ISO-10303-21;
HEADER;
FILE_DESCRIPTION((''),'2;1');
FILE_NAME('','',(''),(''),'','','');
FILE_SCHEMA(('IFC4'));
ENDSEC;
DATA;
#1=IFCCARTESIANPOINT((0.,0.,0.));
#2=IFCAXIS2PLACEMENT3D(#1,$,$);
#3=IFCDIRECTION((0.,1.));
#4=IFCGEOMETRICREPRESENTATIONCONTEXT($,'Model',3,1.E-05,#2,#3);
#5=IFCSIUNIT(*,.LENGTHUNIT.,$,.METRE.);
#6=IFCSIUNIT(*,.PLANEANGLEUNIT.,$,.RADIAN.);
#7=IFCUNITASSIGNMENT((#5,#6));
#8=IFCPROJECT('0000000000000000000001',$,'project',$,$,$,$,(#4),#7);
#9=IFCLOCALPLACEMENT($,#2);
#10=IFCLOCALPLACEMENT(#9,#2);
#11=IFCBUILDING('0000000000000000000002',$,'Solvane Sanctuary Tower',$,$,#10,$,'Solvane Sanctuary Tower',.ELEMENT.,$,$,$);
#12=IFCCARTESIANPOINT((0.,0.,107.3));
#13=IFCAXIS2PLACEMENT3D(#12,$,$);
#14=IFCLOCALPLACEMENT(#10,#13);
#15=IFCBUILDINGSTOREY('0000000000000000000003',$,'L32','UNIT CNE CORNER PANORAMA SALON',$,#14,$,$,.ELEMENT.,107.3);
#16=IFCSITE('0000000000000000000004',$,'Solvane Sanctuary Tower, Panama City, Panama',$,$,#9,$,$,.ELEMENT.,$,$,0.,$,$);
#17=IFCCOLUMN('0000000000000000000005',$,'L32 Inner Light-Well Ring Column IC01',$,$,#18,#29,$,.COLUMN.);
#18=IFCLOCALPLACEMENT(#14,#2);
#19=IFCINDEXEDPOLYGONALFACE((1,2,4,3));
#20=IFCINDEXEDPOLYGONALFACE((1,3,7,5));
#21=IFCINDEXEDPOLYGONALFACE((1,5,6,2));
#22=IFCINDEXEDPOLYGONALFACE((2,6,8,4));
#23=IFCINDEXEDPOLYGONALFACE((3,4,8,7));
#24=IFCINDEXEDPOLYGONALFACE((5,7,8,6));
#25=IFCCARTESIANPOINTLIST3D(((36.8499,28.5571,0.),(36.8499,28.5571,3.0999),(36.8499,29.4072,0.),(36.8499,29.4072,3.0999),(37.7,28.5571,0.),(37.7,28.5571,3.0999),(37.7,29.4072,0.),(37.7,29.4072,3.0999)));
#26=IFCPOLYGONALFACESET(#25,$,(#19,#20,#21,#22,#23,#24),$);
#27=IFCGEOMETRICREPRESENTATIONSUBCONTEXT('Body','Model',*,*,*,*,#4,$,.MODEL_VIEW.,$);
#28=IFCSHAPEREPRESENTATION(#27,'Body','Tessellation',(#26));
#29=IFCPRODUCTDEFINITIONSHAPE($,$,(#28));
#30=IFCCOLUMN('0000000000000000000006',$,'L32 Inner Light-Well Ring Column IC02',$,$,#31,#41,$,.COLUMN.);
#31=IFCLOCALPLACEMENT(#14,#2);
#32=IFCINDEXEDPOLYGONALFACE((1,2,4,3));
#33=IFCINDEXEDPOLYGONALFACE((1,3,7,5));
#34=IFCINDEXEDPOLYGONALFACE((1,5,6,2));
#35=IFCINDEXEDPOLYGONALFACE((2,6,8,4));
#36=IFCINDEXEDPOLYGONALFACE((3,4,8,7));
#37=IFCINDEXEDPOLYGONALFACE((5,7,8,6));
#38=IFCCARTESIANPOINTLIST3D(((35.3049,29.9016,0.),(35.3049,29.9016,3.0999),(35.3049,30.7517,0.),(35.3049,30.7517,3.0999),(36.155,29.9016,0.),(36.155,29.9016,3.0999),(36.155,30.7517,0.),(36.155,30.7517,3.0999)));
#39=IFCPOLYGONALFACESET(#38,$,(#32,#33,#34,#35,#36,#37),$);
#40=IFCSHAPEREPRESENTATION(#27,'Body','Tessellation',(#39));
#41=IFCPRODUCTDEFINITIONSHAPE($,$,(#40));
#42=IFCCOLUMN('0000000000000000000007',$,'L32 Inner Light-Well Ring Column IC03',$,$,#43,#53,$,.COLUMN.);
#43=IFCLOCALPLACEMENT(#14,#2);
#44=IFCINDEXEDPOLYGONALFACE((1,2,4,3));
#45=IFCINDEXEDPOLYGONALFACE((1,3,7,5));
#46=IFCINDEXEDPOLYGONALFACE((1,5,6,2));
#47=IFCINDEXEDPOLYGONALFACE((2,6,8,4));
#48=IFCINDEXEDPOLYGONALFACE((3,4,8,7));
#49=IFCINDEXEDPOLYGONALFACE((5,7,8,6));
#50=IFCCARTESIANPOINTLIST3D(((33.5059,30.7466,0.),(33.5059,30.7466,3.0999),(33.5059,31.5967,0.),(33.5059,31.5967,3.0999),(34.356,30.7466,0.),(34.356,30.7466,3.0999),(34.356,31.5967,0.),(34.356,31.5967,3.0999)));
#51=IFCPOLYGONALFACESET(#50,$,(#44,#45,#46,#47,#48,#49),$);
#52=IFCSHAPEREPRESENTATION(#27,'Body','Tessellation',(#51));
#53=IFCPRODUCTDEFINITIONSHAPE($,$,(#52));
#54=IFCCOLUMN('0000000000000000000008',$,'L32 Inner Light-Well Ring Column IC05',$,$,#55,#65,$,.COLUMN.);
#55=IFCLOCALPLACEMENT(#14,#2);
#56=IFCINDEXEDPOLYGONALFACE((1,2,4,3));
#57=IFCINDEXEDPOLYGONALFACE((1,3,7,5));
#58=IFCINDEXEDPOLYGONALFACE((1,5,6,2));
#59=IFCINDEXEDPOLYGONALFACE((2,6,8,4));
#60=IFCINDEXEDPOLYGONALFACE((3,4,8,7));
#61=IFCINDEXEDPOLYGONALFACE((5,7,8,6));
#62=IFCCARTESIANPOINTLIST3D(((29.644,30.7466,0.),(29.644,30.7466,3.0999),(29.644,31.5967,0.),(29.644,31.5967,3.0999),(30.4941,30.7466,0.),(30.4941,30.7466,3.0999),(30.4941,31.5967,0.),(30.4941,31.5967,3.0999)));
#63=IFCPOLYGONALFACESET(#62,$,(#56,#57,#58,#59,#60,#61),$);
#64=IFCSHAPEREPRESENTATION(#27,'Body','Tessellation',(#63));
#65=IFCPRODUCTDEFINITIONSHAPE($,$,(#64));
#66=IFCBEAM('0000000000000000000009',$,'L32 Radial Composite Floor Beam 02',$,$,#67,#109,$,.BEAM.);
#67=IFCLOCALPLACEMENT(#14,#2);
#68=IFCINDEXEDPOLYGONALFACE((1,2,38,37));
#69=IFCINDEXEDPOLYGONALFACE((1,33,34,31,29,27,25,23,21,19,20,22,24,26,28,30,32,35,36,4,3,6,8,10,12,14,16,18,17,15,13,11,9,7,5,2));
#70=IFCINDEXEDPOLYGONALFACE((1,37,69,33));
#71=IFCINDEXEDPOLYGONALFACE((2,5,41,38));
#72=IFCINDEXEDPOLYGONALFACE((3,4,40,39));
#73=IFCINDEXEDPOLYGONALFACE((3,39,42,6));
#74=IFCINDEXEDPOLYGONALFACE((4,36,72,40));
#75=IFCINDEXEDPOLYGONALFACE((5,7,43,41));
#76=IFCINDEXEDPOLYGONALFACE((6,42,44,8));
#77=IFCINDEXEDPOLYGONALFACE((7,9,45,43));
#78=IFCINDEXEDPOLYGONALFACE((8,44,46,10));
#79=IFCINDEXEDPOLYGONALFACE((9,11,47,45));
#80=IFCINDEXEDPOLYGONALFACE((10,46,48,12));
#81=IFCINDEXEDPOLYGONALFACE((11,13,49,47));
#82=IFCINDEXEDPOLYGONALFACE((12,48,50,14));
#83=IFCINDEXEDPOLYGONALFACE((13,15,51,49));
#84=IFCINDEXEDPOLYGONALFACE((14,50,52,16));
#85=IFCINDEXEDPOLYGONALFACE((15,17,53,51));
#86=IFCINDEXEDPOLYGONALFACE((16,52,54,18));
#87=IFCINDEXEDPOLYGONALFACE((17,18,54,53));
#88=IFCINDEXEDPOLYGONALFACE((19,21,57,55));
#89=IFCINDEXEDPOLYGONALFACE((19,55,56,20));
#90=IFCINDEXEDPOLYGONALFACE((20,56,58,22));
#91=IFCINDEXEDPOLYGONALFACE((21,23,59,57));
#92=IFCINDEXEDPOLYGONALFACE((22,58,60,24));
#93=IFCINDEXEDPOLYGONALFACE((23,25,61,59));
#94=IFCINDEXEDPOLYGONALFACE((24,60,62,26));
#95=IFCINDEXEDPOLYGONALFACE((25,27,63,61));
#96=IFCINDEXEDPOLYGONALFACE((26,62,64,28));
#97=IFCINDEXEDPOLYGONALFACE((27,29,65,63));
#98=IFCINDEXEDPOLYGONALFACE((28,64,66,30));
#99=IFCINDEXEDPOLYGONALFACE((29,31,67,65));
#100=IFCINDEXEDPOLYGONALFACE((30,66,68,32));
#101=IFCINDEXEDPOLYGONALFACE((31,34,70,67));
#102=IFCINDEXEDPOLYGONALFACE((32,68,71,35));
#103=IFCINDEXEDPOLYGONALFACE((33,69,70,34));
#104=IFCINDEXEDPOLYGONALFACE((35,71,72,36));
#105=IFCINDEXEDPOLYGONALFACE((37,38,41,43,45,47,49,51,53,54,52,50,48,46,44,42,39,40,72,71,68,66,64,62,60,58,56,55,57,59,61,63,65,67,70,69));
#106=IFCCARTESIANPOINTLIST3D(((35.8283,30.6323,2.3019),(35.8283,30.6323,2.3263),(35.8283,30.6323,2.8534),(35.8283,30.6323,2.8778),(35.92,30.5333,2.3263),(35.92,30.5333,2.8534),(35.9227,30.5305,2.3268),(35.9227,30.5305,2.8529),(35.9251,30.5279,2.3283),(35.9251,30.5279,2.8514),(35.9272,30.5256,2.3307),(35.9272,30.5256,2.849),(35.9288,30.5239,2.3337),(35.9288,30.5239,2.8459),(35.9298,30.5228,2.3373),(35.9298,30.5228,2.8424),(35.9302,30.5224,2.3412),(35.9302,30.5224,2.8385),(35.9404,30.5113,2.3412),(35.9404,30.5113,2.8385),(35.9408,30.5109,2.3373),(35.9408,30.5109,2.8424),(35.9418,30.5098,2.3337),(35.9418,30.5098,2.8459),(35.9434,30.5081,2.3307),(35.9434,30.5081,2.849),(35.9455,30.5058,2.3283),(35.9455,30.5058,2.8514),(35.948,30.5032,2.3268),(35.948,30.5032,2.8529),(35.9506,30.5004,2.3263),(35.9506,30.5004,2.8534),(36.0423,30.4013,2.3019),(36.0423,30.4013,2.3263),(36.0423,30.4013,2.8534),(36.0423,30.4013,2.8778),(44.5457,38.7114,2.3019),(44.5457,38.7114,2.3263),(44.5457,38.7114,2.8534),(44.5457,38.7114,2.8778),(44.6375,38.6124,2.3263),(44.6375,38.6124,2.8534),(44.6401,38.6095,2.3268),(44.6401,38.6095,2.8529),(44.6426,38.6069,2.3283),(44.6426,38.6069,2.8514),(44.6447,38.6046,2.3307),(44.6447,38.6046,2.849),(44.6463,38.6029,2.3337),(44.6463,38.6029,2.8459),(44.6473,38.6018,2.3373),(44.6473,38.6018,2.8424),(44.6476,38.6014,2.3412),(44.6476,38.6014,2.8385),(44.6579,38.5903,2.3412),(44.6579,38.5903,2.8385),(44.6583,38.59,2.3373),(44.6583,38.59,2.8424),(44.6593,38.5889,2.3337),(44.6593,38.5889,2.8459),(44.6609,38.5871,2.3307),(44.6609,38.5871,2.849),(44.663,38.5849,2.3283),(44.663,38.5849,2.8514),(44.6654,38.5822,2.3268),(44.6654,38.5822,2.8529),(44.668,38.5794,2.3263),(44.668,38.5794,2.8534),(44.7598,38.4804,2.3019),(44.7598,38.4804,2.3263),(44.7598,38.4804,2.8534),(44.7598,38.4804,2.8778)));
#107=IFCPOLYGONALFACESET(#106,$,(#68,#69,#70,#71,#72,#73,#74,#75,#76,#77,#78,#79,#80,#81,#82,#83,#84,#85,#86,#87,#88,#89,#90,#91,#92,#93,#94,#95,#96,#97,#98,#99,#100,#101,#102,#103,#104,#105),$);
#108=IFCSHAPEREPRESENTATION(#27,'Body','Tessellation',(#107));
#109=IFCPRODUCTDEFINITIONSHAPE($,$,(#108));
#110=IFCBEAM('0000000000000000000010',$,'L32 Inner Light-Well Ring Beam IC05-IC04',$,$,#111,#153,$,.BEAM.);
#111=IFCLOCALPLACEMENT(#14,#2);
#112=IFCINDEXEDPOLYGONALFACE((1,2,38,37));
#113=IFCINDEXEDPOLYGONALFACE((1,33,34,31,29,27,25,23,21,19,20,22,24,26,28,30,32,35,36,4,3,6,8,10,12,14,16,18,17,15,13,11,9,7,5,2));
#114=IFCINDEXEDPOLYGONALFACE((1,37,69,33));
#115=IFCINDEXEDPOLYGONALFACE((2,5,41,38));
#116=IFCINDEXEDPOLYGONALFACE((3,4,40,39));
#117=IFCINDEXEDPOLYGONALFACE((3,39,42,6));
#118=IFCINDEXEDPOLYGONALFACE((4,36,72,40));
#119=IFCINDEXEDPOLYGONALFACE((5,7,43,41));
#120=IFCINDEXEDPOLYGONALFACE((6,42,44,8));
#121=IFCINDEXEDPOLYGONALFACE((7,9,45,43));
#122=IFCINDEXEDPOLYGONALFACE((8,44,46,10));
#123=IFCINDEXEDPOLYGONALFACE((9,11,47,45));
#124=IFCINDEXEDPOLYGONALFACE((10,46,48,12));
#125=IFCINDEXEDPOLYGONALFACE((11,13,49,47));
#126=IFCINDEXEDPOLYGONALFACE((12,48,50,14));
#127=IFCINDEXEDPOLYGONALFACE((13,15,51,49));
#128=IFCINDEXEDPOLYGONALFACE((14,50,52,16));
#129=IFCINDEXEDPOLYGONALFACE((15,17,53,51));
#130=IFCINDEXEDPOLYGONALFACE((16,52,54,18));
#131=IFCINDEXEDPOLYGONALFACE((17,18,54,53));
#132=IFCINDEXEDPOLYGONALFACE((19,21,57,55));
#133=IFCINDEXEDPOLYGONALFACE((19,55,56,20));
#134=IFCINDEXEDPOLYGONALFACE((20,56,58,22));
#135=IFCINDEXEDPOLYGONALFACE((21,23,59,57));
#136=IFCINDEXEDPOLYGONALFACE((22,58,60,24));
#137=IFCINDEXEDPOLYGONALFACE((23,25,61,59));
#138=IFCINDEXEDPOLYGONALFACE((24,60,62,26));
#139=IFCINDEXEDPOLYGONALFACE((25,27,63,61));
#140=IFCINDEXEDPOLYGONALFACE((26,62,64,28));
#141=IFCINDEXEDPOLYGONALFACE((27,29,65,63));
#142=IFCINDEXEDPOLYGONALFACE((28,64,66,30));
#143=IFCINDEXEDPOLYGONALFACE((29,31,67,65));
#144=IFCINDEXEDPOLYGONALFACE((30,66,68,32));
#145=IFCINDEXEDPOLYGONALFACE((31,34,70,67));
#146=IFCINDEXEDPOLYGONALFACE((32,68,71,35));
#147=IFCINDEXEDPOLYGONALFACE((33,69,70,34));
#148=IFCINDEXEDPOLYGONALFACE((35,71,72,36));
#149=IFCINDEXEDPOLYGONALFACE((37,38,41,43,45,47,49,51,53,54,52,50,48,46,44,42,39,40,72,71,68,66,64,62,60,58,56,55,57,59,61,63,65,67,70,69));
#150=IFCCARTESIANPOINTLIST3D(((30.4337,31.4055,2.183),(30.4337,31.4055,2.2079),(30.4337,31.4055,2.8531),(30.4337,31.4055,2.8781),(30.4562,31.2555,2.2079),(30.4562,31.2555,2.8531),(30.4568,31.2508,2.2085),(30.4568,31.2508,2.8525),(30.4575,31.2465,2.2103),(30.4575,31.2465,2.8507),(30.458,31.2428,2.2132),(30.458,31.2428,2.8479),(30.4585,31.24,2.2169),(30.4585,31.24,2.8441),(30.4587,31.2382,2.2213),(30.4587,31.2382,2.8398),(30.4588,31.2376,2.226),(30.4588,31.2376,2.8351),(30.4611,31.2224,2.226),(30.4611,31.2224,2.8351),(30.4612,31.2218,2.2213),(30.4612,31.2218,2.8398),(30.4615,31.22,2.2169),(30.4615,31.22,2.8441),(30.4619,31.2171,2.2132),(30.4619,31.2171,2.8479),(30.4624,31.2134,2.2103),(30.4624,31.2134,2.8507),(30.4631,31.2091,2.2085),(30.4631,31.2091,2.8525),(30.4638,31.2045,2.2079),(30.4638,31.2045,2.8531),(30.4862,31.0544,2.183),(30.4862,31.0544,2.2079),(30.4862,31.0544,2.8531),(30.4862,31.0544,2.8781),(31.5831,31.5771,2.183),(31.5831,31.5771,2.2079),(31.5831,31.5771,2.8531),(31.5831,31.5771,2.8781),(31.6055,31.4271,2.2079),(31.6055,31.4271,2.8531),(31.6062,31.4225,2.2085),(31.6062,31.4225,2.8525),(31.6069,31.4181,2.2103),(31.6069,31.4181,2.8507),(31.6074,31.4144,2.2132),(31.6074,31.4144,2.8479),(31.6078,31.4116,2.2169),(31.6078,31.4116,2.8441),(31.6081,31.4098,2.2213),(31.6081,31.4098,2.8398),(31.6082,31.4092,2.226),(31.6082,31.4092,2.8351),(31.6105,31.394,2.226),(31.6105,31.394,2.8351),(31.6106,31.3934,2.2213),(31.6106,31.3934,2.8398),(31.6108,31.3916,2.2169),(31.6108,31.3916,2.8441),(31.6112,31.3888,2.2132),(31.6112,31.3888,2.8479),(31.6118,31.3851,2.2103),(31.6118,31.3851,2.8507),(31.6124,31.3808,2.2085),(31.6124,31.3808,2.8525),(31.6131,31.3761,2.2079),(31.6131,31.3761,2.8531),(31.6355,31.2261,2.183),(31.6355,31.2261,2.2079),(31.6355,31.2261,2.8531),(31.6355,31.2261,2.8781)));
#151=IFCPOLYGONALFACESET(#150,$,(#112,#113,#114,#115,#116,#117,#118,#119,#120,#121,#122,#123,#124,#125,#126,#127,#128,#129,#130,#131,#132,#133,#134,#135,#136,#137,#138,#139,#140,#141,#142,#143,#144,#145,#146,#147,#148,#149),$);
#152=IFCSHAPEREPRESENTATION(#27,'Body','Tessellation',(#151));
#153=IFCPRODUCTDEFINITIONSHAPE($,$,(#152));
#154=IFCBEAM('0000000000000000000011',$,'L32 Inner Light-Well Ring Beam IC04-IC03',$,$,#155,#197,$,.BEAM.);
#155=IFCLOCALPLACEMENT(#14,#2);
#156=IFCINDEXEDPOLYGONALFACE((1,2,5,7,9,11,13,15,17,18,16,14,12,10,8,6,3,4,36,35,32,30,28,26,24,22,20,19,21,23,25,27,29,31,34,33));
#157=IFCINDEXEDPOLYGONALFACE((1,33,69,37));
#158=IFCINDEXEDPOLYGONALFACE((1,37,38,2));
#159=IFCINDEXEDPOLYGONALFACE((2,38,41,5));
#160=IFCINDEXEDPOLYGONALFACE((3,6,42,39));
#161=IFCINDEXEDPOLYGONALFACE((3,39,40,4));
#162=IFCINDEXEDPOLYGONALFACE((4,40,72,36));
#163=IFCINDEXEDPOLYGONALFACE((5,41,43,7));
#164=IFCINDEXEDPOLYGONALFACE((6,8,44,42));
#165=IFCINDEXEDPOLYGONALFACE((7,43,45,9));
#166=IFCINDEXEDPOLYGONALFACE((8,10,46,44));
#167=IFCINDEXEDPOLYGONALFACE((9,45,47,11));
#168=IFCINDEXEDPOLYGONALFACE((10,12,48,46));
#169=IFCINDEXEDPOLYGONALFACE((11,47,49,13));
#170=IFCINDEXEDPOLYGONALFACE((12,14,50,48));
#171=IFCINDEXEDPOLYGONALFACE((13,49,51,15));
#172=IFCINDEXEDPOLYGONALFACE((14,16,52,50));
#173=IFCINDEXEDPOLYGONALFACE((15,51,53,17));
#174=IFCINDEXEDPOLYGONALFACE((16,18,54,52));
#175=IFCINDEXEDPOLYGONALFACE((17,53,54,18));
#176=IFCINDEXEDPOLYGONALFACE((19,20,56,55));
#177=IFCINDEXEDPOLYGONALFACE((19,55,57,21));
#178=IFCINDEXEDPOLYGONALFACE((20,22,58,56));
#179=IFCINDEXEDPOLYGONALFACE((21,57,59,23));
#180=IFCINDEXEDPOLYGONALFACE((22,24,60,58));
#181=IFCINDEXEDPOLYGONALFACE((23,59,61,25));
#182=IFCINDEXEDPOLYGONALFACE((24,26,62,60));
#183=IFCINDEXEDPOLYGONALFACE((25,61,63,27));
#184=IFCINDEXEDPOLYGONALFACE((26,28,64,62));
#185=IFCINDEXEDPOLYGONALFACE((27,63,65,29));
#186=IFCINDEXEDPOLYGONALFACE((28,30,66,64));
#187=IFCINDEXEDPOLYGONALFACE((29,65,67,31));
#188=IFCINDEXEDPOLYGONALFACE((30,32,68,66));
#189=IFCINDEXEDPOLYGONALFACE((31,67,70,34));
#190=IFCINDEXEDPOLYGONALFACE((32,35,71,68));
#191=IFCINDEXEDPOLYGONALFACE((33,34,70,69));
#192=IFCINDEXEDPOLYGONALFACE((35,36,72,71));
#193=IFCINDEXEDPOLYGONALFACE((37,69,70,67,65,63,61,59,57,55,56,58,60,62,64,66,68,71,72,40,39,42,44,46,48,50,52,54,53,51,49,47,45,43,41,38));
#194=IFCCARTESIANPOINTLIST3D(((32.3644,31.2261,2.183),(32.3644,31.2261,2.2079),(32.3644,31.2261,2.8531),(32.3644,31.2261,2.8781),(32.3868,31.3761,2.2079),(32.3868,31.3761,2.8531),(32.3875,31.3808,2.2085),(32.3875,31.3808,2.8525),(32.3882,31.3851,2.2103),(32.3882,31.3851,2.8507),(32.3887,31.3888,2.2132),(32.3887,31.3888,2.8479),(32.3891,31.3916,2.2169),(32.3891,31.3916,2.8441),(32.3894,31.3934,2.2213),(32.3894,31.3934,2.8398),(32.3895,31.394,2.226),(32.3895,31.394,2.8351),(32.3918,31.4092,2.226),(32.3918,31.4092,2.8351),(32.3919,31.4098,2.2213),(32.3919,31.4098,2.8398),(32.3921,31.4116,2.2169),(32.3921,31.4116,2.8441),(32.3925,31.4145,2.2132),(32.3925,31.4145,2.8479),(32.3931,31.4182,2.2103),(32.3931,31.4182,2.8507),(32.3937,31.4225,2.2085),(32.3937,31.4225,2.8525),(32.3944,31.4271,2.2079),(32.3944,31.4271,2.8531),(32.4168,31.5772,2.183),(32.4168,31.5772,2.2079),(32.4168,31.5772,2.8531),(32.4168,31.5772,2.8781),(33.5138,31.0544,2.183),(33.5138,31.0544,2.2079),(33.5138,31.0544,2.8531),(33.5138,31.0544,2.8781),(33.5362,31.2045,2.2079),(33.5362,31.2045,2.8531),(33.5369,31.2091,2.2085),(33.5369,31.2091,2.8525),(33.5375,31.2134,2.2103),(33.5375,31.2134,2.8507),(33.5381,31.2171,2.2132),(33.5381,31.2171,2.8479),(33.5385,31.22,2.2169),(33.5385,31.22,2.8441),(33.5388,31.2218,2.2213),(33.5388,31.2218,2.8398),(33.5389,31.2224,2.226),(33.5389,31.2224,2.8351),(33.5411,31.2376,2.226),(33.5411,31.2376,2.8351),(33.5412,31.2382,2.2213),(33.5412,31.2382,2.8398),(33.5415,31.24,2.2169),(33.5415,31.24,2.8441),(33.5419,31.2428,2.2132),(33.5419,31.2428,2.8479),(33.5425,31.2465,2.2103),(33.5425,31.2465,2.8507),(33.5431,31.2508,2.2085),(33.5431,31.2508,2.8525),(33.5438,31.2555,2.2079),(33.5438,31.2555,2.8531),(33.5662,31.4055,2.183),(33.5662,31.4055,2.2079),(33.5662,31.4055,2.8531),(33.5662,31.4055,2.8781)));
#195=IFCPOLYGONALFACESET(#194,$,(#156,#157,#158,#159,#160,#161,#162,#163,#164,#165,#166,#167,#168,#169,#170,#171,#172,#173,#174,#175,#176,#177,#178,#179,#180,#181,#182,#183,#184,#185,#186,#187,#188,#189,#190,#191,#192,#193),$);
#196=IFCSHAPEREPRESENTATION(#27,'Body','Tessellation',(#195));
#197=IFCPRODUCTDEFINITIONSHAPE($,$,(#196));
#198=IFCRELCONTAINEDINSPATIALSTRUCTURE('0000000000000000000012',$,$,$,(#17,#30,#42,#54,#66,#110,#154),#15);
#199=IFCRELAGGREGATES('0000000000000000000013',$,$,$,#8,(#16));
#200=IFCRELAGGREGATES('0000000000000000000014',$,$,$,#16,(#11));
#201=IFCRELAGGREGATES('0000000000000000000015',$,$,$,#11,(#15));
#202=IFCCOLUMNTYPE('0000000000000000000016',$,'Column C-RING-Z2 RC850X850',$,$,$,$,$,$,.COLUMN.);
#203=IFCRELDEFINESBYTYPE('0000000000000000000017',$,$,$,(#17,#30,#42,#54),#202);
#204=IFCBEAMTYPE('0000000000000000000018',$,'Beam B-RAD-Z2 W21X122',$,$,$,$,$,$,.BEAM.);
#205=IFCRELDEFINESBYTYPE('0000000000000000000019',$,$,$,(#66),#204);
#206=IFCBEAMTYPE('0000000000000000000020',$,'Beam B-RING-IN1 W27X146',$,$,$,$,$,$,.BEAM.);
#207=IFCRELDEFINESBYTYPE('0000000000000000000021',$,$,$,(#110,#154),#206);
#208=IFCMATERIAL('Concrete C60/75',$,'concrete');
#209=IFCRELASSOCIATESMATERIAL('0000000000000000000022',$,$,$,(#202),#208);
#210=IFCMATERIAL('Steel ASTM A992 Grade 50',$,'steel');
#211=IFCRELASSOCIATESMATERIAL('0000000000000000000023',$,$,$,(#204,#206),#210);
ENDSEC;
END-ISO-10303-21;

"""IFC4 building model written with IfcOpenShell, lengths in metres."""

from ifc_helpers import new_model, si_unit, direction, frame, origin, origin_2d, place, context, subcontext, project, spatial, rectangle, i_section, extrude, material, material_profile, profile_set, type_object, element, save


model = new_model("IFC4")

# Units and contexts
model_context = context("Model", 3, precision=1e-05, world=origin(), true_north=direction((0.0, 1.0)))
body_context = subcontext(model_context, "Body", "Model", "MODEL_VIEW")
ifc_project = project(units=[si_unit("LENGTHUNIT", "METRE"), si_unit("PLANEANGLEUNIT", "RADIAN")], contexts=[model_context])

# Site, building, storey
site_placement = place(None, origin())
site = spatial("IfcSite", under=ifc_project, at=site_placement, Name="Solvane Sanctuary Tower, Panama City, Panama", CompositionType="ELEMENT", RefElevation=0.0)
building_placement = place(site_placement, origin())
building = spatial("IfcBuilding", under=site, at=building_placement, Name="Solvane Sanctuary Tower", LongName="Solvane Sanctuary Tower", CompositionType="ELEMENT")
storey_placement = place(building_placement, frame((0.0, 0.0, 107.3)))
storey = spatial("IfcBuildingStorey", under=building, at=storey_placement, Name="L32", Description="UNIT CNE CORNER PANORAMA SALON", CompositionType="ELEMENT", Elevation=107.3)

# Columns
ifc_material_1 = material(Name="Concrete C60/75", Category="concrete")
ifc_material_profile_1 = material_profile(ifc_material_1, rectangle(XDim=0.8501, YDim=0.8501, at=origin_2d()), Name="RC850X850")
ifc_profile_set_1 = profile_set([ifc_material_profile_1], Name="Concrete C60/75")
column_type = type_object("IfcColumnType", Name="Column C-RING-Z2 RC850X850", PredefinedType="COLUMN", material=ifc_profile_set_1)
for number, where, z_axis, x_axis, name in (
    (1, (37.2749, 28.9822, 0.0), (0.0, 0.0, 1.0), (1.0, 0.0, 0.0), "L32 Inner Light-Well Ring Column IC01"),
    (2, (35.73, 30.3267, 0.0), (0.0, 0.0, 1.0), (1.0, 0.0, 0.0), "L32 Inner Light-Well Ring Column IC02"),
    (3, (33.9309, 31.1716, 0.0), (0.0, 0.0, 1.0), (1.0, 0.0, 0.0), "L32 Inner Light-Well Ring Column IC03"),
    (4, (30.0691, 31.1716, 0.0), (0.0, 0.0, 1.0), (1.0, 0.0, 0.0), "L32 Inner Light-Well Ring Column IC05"),
):
    element("IfcColumn", number, at=place(storey_placement, frame(where, z_axis=z_axis, x_axis=x_axis)), inside=storey, type_object=column_type, Name=name, PredefinedType="COLUMN", context=body_context, shape_type="SweptSolid", body=[
        extrude(rectangle(XDim=0.8501, YDim=0.8501, at=origin_2d()), origin(), (0.0, 0.0, 1.0), 3.0999),
    ])

# Beams
ifc_material_2 = material(Name="Steel ASTM A992 Grade 50", Category="steel")
ifc_material_profile_2 = material_profile(ifc_material_2, i_section(OverallWidth=0.3149, OverallDepth=0.5759, WebThickness=0.0151, FlangeThickness=0.0244, FilletRadius=0.0149, at=origin_2d()), Name="W21X122")
ifc_profile_set_2 = profile_set([ifc_material_profile_2], Name="Steel ASTM A992 Grade 50")
beam_type_1 = type_object("IfcBeamType", Name="Beam B-RAD-Z2 W21X122", PredefinedType="BEAM", material=ifc_profile_set_2)
beam_1_placement = place(storey_placement, frame((35.9353, 30.5168, 2.5898), z_axis=(0.733454, 0.679739, 0.0), x_axis=(-0.679739, 0.733454, 0.0)))
element("IfcBeam", 5, at=beam_1_placement, inside=storey, type_object=beam_type_1, Name="L32 Radial Composite Floor Beam 02", PredefinedType="BEAM", context=body_context, shape_type="SweptSolid", body=[
    extrude(i_section(OverallWidth=0.3149, OverallDepth=0.5759, WebThickness=0.0151, FlangeThickness=0.0244, FilletRadius=0.0149, at=origin_2d()), origin(), (0.0, 0.0, 1.0), 11.8855),
])
ifc_material_profile_3 = material_profile(ifc_material_2, i_section(OverallWidth=0.355, OverallDepth=0.6951, WebThickness=0.0154, FlangeThickness=0.0249, FilletRadius=0.0181, at=origin_2d()), Name="W27X146")
ifc_profile_set_3 = profile_set([ifc_material_profile_3], Name="Steel ASTM A992 Grade 50")
beam_type_2 = type_object("IfcBeamType", Name="Beam B-RING-IN1 W27X146", PredefinedType="BEAM", material=ifc_profile_set_3)
for number, where, z_axis, x_axis, name in (
    (6, (30.46, 31.23, 2.5305), (0.989035, 0.147683, 0.0), (-0.147683, 0.989035, 0.0), "L32 Inner Light-Well Ring Beam IC05-IC04"),
    (7, (32.3906, 31.4016, 2.5305), (0.989035, -0.147683, 0.0), (0.147683, 0.989035, 0.0), "L32 Inner Light-Well Ring Beam IC04-IC03"),
):
    element("IfcBeam", number, at=place(storey_placement, frame(where, z_axis=z_axis, x_axis=x_axis)), inside=storey, type_object=beam_type_2, Name=name, PredefinedType="BEAM", context=body_context, shape_type="SweptSolid", body=[
        extrude(i_section(OverallWidth=0.355, OverallDepth=0.6951, WebThickness=0.0154, FlangeThickness=0.0249, FilletRadius=0.0181, at=origin_2d()), origin(), (0.0, 0.0, 1.0), 1.1621),
    ])

save(model, "model.ifc")
